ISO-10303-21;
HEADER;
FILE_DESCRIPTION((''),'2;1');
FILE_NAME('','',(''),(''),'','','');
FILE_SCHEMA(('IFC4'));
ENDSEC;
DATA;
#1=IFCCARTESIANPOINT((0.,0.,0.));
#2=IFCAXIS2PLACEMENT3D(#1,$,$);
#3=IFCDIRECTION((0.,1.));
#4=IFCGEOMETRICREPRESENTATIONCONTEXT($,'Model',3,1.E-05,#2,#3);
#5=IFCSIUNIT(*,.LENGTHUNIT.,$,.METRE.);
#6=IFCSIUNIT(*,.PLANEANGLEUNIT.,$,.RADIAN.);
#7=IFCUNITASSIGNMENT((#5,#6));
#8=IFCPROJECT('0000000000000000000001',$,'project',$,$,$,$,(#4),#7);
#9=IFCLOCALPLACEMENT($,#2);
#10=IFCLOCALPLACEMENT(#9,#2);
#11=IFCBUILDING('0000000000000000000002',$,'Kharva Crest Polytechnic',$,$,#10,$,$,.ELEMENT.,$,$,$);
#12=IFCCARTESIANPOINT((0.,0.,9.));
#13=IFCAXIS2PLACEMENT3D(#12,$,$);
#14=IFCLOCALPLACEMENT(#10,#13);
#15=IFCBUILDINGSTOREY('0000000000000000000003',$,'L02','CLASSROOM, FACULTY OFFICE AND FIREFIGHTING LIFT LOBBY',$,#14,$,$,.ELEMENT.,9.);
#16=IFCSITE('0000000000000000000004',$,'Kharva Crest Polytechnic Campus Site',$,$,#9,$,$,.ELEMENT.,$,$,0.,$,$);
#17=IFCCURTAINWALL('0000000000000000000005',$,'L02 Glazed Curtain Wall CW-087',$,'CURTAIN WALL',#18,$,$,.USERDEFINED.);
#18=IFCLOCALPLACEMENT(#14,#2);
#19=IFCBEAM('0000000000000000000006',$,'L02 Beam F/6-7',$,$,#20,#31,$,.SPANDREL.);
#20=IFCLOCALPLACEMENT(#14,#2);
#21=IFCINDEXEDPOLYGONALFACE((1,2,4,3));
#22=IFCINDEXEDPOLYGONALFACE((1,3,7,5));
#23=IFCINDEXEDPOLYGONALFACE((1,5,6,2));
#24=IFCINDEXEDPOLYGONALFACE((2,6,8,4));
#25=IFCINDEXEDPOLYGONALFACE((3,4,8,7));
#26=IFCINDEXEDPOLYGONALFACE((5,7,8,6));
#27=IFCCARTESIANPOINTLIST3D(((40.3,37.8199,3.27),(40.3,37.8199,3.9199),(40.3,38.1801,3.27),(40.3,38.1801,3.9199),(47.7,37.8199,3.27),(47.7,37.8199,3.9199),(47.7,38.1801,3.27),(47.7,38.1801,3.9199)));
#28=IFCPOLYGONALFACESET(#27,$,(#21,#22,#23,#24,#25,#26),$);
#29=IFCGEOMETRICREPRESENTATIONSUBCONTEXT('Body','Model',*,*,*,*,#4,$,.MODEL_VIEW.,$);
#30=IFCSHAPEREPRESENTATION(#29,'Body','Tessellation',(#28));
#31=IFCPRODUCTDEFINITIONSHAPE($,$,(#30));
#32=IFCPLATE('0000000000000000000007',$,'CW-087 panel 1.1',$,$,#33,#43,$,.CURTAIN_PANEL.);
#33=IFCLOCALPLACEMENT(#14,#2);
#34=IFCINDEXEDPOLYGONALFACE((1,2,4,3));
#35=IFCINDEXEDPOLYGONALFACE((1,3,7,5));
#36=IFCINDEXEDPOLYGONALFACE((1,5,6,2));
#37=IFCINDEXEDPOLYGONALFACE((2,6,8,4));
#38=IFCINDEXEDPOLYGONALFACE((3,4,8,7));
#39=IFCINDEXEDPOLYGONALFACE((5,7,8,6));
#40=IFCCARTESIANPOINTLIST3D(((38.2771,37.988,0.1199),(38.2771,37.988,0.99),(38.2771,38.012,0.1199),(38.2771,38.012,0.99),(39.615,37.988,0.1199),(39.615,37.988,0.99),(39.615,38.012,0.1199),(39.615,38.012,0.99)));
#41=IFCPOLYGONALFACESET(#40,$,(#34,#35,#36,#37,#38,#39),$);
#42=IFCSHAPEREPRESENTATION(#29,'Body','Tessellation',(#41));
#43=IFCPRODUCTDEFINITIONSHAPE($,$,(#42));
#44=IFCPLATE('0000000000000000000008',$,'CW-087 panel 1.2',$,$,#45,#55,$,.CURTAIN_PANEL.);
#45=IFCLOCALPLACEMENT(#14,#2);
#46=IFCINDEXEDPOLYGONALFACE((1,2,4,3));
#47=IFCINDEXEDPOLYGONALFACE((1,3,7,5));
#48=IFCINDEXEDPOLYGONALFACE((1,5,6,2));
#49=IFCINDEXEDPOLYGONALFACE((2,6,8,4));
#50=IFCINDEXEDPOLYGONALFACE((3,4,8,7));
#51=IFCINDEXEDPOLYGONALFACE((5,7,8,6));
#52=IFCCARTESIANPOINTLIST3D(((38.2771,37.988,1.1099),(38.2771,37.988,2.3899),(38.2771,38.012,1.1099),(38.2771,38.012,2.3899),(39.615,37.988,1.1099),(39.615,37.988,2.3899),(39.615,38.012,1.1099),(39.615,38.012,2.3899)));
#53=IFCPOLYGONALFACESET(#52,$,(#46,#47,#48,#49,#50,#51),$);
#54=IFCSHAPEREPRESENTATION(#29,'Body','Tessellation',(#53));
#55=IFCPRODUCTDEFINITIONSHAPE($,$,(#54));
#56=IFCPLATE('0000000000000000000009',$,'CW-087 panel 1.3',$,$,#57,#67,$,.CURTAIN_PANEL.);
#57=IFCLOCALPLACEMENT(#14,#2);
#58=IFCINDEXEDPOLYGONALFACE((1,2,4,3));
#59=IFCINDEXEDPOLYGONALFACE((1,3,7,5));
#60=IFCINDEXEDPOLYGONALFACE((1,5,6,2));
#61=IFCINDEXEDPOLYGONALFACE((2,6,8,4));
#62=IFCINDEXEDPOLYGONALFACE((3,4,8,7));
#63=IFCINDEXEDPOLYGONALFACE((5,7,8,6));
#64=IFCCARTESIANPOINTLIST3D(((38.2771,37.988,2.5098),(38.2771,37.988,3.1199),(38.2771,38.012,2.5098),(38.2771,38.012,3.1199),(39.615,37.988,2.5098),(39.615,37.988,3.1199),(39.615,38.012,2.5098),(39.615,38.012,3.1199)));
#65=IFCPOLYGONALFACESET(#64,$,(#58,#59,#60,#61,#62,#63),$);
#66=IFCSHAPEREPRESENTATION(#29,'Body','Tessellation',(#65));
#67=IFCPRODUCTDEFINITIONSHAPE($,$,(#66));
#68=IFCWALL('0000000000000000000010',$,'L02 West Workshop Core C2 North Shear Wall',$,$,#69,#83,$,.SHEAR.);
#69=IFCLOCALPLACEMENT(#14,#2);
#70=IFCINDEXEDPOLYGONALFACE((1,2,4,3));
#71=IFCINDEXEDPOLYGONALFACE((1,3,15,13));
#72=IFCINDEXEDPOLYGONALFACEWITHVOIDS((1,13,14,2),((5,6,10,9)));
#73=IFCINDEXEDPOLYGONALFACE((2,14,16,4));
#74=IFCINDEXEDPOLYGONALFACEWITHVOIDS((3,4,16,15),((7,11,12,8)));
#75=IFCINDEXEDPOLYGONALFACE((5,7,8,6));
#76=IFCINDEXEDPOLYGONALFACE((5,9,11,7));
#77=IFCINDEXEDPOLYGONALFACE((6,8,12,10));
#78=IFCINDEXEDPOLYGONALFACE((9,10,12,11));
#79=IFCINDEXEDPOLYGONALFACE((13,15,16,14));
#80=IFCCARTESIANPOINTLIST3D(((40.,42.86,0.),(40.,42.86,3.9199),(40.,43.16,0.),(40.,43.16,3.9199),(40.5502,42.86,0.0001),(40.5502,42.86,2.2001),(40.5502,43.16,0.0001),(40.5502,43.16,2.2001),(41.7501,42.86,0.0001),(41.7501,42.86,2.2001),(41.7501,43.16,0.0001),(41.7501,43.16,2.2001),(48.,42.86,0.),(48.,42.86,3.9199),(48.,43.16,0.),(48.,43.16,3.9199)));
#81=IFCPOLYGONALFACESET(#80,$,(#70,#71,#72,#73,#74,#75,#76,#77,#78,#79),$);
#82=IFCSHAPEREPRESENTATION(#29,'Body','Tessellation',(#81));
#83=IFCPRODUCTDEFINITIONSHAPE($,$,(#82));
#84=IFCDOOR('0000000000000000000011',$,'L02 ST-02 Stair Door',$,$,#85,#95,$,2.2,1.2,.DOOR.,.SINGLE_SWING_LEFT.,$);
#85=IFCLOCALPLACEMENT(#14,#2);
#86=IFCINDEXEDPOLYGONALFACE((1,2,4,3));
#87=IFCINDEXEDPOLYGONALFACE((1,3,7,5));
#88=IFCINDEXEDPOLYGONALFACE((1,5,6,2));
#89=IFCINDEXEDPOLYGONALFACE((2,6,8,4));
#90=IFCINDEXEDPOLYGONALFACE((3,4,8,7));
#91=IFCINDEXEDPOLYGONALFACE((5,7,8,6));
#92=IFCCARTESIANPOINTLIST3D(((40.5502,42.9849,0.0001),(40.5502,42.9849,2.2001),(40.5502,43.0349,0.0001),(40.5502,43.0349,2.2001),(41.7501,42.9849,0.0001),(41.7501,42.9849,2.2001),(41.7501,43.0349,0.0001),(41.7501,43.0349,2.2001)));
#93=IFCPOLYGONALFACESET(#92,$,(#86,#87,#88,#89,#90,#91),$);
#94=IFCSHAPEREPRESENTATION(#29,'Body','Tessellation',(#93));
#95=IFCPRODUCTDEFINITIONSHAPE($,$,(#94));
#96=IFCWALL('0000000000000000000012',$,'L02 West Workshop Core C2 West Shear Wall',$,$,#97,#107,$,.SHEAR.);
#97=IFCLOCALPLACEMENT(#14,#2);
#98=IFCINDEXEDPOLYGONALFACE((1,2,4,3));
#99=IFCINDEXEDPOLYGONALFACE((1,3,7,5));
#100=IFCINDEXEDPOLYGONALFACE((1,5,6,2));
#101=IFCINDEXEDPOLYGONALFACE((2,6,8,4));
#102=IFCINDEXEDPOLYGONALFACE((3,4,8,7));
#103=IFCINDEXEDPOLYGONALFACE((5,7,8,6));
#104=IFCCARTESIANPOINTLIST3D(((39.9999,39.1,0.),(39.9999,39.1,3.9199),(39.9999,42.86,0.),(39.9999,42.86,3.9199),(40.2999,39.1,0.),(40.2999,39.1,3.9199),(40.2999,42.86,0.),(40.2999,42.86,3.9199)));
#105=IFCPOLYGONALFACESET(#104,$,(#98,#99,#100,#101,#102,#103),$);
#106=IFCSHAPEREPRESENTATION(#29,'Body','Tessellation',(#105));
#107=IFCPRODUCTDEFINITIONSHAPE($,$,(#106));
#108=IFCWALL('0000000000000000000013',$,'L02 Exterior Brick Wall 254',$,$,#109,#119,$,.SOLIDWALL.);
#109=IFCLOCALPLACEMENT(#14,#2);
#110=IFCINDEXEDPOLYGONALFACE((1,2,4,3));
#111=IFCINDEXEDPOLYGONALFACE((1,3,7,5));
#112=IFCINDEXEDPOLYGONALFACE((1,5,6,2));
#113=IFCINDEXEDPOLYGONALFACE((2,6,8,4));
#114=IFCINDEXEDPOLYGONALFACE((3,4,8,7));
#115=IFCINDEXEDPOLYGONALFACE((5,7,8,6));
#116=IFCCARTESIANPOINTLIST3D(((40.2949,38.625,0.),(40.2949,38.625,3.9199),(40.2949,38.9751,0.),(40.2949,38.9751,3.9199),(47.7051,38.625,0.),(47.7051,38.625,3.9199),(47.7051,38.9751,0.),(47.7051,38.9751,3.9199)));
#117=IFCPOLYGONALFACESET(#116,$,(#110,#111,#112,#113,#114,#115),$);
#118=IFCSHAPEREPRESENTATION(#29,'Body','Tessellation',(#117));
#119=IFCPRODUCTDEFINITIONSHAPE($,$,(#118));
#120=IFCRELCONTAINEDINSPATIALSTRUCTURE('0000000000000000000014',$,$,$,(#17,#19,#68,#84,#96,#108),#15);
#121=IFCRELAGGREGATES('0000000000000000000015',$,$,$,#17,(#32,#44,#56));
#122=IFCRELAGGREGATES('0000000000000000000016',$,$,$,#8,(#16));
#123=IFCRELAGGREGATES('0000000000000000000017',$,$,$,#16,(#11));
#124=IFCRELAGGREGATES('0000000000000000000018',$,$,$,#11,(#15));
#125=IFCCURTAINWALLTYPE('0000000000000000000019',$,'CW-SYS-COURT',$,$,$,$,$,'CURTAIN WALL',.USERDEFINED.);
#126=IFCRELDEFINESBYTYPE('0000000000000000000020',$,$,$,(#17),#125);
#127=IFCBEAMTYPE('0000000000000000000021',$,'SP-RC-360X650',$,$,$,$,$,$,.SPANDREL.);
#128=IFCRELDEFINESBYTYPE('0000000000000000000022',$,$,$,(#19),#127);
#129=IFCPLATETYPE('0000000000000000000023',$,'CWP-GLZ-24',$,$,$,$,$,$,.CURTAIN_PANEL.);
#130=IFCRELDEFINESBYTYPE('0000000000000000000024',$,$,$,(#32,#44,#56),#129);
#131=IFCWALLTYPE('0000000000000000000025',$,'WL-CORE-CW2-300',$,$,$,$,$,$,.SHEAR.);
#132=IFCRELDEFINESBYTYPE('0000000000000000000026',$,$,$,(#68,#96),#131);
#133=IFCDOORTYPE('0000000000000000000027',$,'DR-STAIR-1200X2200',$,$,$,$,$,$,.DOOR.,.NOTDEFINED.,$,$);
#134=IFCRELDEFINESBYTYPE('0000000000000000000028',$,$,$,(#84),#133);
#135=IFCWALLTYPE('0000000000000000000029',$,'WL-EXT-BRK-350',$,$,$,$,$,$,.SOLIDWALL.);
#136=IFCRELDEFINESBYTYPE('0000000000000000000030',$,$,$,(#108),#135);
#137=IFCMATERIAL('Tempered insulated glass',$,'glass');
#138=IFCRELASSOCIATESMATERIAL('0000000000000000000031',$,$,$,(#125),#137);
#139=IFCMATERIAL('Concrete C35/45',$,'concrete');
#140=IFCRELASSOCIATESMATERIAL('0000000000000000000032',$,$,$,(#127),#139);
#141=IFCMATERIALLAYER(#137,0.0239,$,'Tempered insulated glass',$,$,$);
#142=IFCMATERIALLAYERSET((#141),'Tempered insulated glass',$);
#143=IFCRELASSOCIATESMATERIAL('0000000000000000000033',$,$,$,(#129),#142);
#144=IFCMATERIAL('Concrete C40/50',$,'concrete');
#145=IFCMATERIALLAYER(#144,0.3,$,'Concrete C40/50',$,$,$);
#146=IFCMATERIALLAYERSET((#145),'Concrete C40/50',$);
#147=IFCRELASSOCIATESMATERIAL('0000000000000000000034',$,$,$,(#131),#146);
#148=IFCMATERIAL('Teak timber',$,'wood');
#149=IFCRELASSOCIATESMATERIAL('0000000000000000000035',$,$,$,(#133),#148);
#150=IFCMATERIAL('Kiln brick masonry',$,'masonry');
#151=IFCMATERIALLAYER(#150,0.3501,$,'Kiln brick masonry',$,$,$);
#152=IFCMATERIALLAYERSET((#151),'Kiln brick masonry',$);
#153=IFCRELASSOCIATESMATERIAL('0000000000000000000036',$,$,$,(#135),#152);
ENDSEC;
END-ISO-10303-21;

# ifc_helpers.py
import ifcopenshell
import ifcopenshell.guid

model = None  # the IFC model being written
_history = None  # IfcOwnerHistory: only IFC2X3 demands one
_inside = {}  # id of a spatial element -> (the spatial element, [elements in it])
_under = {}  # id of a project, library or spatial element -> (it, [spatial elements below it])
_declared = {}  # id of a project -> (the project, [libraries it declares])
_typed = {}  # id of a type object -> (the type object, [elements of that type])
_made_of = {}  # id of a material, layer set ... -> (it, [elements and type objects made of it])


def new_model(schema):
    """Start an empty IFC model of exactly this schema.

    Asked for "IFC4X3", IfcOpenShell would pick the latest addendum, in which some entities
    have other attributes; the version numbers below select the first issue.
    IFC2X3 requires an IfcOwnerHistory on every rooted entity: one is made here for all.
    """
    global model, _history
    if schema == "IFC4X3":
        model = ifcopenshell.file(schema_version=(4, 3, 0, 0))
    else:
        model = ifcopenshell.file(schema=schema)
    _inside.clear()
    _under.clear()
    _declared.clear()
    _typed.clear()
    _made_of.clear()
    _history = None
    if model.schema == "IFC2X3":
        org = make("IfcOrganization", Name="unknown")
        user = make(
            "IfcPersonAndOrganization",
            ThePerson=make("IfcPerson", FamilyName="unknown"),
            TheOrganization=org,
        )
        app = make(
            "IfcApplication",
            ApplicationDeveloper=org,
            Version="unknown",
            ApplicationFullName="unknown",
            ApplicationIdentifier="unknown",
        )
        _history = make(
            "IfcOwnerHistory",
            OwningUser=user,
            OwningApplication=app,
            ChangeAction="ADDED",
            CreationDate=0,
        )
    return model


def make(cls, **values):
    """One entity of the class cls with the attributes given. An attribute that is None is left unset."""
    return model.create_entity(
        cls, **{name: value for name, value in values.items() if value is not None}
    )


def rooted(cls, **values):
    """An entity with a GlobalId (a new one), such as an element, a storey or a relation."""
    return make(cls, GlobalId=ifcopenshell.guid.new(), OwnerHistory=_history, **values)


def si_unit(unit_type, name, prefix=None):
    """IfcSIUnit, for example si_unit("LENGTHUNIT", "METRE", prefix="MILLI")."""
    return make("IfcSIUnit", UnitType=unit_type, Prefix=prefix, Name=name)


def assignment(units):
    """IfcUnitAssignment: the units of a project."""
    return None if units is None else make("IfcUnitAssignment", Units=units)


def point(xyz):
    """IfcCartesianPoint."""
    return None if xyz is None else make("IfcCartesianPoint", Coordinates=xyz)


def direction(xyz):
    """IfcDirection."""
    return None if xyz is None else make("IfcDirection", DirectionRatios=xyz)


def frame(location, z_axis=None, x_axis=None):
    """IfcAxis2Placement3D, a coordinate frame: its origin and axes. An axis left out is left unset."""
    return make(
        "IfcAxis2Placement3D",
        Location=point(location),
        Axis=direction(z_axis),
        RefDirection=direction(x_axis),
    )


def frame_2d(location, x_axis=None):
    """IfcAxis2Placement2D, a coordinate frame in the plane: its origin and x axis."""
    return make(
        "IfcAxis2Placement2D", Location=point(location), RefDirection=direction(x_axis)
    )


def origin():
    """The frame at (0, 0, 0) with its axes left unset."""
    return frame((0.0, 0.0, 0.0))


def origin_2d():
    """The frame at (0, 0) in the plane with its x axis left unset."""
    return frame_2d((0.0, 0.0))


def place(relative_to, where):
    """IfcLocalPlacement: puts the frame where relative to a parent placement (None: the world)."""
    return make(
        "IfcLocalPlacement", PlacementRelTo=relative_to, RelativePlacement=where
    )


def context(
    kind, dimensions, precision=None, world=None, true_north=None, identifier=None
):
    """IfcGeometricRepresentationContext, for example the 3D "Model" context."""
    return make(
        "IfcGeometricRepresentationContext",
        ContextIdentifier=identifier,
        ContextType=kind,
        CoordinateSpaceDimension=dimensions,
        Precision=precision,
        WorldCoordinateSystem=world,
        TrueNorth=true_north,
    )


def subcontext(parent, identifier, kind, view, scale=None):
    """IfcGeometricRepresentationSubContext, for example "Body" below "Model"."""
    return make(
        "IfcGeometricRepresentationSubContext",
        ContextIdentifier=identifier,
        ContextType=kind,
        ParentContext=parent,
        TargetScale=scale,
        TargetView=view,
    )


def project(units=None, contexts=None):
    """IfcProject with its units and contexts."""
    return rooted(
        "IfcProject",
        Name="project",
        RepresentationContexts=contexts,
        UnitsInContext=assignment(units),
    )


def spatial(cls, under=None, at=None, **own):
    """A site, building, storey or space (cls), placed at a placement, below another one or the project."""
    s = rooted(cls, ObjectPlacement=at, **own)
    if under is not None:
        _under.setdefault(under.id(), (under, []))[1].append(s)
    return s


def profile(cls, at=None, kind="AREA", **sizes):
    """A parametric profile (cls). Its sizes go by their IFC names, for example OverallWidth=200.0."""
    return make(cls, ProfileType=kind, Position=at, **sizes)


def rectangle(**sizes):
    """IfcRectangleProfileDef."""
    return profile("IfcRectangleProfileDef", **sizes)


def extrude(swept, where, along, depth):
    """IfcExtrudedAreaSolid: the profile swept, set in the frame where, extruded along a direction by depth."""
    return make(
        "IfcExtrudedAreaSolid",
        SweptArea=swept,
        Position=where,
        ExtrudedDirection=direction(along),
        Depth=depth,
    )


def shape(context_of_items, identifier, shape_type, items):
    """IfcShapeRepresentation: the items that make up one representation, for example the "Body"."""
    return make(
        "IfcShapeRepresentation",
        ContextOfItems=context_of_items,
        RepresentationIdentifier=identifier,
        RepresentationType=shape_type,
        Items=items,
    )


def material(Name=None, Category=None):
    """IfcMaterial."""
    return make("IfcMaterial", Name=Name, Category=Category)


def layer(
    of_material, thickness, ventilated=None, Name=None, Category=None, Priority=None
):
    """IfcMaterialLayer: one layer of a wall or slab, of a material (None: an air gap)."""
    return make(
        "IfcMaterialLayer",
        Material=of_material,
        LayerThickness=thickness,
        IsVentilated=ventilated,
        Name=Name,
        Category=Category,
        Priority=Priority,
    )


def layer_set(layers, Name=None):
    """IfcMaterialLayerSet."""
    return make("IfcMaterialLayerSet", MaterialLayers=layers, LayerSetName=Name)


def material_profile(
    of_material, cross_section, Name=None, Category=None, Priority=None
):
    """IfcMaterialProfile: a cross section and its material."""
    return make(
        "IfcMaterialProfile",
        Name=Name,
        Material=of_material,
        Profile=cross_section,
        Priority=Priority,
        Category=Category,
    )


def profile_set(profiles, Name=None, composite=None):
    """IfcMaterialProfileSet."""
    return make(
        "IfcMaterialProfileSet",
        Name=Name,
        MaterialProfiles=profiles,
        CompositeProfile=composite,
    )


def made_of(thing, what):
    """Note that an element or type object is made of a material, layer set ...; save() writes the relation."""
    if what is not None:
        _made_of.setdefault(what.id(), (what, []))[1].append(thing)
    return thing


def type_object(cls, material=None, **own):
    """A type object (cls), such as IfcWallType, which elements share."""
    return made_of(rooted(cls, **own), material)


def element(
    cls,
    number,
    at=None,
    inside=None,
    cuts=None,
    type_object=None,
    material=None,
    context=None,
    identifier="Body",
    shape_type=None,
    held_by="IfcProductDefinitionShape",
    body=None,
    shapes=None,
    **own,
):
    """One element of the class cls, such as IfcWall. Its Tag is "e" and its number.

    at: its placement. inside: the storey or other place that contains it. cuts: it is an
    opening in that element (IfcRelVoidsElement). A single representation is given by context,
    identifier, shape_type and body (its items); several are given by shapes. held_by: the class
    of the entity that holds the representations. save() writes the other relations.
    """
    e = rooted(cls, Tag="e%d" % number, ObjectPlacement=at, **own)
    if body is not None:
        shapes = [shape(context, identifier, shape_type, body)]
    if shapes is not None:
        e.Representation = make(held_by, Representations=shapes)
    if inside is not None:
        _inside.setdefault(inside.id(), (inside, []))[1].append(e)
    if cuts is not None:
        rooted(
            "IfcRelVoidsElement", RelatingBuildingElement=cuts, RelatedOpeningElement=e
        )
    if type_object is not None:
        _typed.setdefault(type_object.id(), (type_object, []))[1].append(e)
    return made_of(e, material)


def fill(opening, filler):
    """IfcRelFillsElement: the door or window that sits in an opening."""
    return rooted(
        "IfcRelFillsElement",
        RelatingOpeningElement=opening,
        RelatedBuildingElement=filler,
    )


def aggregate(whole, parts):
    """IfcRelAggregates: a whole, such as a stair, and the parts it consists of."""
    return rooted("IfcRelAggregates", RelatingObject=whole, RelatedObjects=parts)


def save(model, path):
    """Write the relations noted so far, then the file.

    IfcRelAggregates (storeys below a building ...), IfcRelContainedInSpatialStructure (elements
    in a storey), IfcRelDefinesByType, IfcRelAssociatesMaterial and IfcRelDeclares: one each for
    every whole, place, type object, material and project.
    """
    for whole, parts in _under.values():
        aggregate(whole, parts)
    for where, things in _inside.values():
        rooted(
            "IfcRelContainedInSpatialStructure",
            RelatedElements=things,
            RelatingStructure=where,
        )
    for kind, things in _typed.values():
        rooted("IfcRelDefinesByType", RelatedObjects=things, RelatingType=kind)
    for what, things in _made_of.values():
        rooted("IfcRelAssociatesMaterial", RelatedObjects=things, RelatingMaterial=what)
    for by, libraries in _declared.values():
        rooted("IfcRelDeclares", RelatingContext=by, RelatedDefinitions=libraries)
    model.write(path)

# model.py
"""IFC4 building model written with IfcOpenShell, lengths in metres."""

from ifc_helpers import new_model, si_unit, direction, frame, frame_2d, origin, origin_2d, place, context, subcontext, project, spatial, rectangle, extrude, material, layer, layer_set, material_profile, profile_set, type_object, element, fill, aggregate, save


model = new_model("IFC4")

# Units and contexts
model_context = context("Model", 3, precision=1e-05, world=origin(), true_north=direction((0.0, 1.0)))
body_context = subcontext(model_context, "Body", "Model", "MODEL_VIEW")
ifc_project = project(units=[si_unit("LENGTHUNIT", "METRE"), si_unit("PLANEANGLEUNIT", "RADIAN")], contexts=[model_context])

# Site, building, storey
site_placement = place(None, origin())
site = spatial("IfcSite", under=ifc_project, at=site_placement, Name="Kharva Crest Polytechnic Campus Site", CompositionType="ELEMENT", RefElevation=0.0)
building_placement = place(site_placement, origin())
building = spatial("IfcBuilding", under=site, at=building_placement, Name="Kharva Crest Polytechnic", CompositionType="ELEMENT")
storey_placement = place(building_placement, frame((0.0, 0.0, 9.0)))
storey = spatial("IfcBuildingStorey", under=building, at=storey_placement, Name="L02", Description="CLASSROOM, FACULTY OFFICE AND FIREFIGHTING LIFT LOBBY", CompositionType="ELEMENT", Elevation=9.0)

# Shared definitions
ifc_material_1 = material(Name="Concrete C40/50", Category="concrete")

# Shared definitions
ifc_material_2 = material(Name="Concrete C35/45", Category="concrete")

# Curtain wall
ifc_material_3 = material(Name="Tempered insulated glass", Category="glass")
curtain_wall_type = type_object("IfcCurtainWallType", Name="CW-SYS-COURT", ElementType="CURTAIN WALL", PredefinedType="USERDEFINED", material=ifc_material_3)
curtain_wall_placement = place(storey_placement, origin())
curtain_wall = element("IfcCurtainWall", 1, at=curtain_wall_placement, inside=storey, type_object=curtain_wall_type, Name="L02 Glazed Curtain Wall CW-087", ObjectType="CURTAIN WALL", PredefinedType="USERDEFINED")

# Beam
ifc_material_profile_1 = material_profile(ifc_material_2, rectangle(XDim=0.3601, YDim=0.6499, at=origin_2d()), Name="RECT 360 X 650")
ifc_profile_set_1 = profile_set([ifc_material_profile_1], Name="Concrete C35/45")
beam_type_1 = type_object("IfcBeamType", Name="SP-RC-360X650", PredefinedType="SPANDREL", material=ifc_profile_set_1)
beam_1_placement = place(storey_placement, frame((40.3, 38.0, 3.595), z_axis=(1.0, 0.0, 0.0), x_axis=(0.0, 1.0, 0.0)))
element("IfcBeam", 2, at=beam_1_placement, inside=storey, type_object=beam_type_1, Name="L02 Beam F/6-7", PredefinedType="SPANDREL", context=body_context, shape_type="SweptSolid", body=[
    extrude(rectangle(XDim=0.3601, YDim=0.6499, at=origin_2d()), origin(), (0.0, 0.0, 1.0), 7.3999),
])

# Plates
ifc_layer_1 = layer(ifc_material_3, 0.0239, Name="Tempered insulated glass")
ifc_layer_set_1 = layer_set([ifc_layer_1], Name="Tempered insulated glass")
plate_type = type_object("IfcPlateType", Name="CWP-GLZ-24", PredefinedType="CURTAIN_PANEL", material=ifc_layer_set_1)
plate_1_placement = place(storey_placement, frame((38.946, 38.0, 0.1199), z_axis=(0.0, 0.0, 1.0), x_axis=(-1.0, 0.0, 0.0)))
plate_1 = element("IfcPlate", 3, at=plate_1_placement, type_object=plate_type, Name="CW-087 panel 1.1", PredefinedType="CURTAIN_PANEL", context=body_context, shape_type="SweptSolid", body=[
    extrude(rectangle(XDim=1.3379, YDim=0.0239, at=origin_2d()), origin(), (0.0, 0.0, 1.0), 0.8701),
])
plate_2_placement = place(storey_placement, frame((38.946, 38.0, 1.1099), z_axis=(0.0, 0.0, 1.0), x_axis=(-1.0, 0.0, 0.0)))
plate_2 = element("IfcPlate", 4, at=plate_2_placement, type_object=plate_type, Name="CW-087 panel 1.2", PredefinedType="CURTAIN_PANEL", context=body_context, shape_type="SweptSolid", body=[
    extrude(rectangle(XDim=1.3379, YDim=0.0239, at=origin_2d()), origin(), (0.0, 0.0, 1.0), 1.28),
])
plate_3_placement = place(storey_placement, frame((38.946, 38.0, 2.5098), z_axis=(0.0, 0.0, 1.0), x_axis=(-1.0, 0.0, 0.0)))
plate_3 = element("IfcPlate", 5, at=plate_3_placement, type_object=plate_type, Name="CW-087 panel 1.3", PredefinedType="CURTAIN_PANEL", context=body_context, shape_type="SweptSolid", body=[
    extrude(rectangle(XDim=1.3379, YDim=0.0239, at=origin_2d()), origin(), (0.0, 0.0, 1.0), 0.6101),
])
aggregate(curtain_wall, [plate_1, plate_2, plate_3])

# Wall, opening, door
ifc_layer_2 = layer(ifc_material_1, 0.3, Name="Concrete C40/50")
ifc_layer_set_2 = layer_set([ifc_layer_2], Name="Concrete C40/50")
wall_type_1 = type_object("IfcWallType", Name="WL-CORE-CW2-300", PredefinedType="SHEAR", material=ifc_layer_set_2)
wall_1_placement = place(storey_placement, frame((40.0, 43.01, 0.0), z_axis=(0.0, 0.0, 1.0), x_axis=(1.0, 0.0, 0.0)))
wall_1 = element("IfcWall", 6, at=wall_1_placement, inside=storey, type_object=wall_type_1, Name="L02 West Workshop Core C2 North Shear Wall", PredefinedType="SHEAR", context=body_context, shape_type="SweptSolid", body=[
    extrude(rectangle(XDim=8.0, YDim=0.3, at=frame_2d((4.0, 0.0))), origin(), (0.0, 0.0, 1.0), 3.9199),
])
opening_1_placement = place(wall_1_placement, frame((0.55, 0.0, 0.0)))
opening_1 = element("IfcOpeningElement", 7, at=opening_1_placement, cuts=wall_1, PredefinedType="OPENING", context=body_context, shape_type="SweptSolid", body=[
    extrude(rectangle(XDim=1.2, YDim=2.2, at=frame_2d((0.6001, 1.1001))), frame((0.0, 0.1599, 0.0), z_axis=(0.0, -1.0, 0.0), x_axis=(1.0, 0.0, 0.0)), (0.0, 0.0, 1.0), 0.3201),
])
ifc_material_4 = material(Name="Teak timber", Category="wood")
door_type_1 = type_object("IfcDoorType", Name="DR-STAIR-1200X2200", OperationType="NOTDEFINED", PredefinedType="DOOR", material=ifc_material_4)
door_1_placement = place(opening_1_placement, origin())
door_1 = element("IfcDoor", 8, at=door_1_placement, inside=storey, type_object=door_type_1, Name="L02 ST-02 Stair Door", OperationType="SINGLE_SWING_LEFT", OverallHeight=2.2, OverallWidth=1.2, PredefinedType="DOOR", context=body_context, shape_type="SweptSolid", body=[
    extrude(rectangle(XDim=1.2, YDim=2.2, at=frame_2d((0.6001, 1.1001))), frame((0.0, 0.0249, 0.0), z_axis=(0.0, -1.0, 0.0), x_axis=(1.0, 0.0, 0.0)), (0.0, 0.0, 1.0), 0.05),
])
fill(opening_1, door_1)

# Walls
wall_2_placement = place(storey_placement, frame((40.1499, 39.1001, 0.0), z_axis=(0.0, 0.0, 1.0), x_axis=(0.0, 1.0, 0.0)))
element("IfcWall", 9, at=wall_2_placement, inside=storey, type_object=wall_type_1, Name="L02 West Workshop Core C2 West Shear Wall", PredefinedType="SHEAR", context=body_context, shape_type="SweptSolid", body=[
    extrude(rectangle(XDim=3.76, YDim=0.3, at=frame_2d((1.8799, 0.0))), origin(), (0.0, 0.0, 1.0), 3.9199),
])
ifc_material_5 = material(Name="Kiln brick masonry", Category="masonry")
ifc_layer_3 = layer(ifc_material_5, 0.3501, Name="Kiln brick masonry")
ifc_layer_set_3 = layer_set([ifc_layer_3], Name="Kiln brick masonry")
wall_type_2 = type_object("IfcWallType", Name="WL-EXT-BRK-350", PredefinedType="SOLIDWALL", material=ifc_layer_set_3)
wall_3_placement = place(storey_placement, frame((40.2949, 38.8, 0.0), z_axis=(0.0, 0.0, 1.0), x_axis=(1.0, 0.0, 0.0)))
element("IfcWall", 10, at=wall_3_placement, inside=storey, type_object=wall_type_2, Name="L02 Exterior Brick Wall 254", PredefinedType="SOLIDWALL", context=body_context, shape_type="SweptSolid", body=[
    extrude(rectangle(XDim=7.4102, YDim=0.3501, at=frame_2d((3.7051, 0.0))), origin(), (0.0, 0.0, 1.0), 3.9199),
])

save(model, "model.ifc")
